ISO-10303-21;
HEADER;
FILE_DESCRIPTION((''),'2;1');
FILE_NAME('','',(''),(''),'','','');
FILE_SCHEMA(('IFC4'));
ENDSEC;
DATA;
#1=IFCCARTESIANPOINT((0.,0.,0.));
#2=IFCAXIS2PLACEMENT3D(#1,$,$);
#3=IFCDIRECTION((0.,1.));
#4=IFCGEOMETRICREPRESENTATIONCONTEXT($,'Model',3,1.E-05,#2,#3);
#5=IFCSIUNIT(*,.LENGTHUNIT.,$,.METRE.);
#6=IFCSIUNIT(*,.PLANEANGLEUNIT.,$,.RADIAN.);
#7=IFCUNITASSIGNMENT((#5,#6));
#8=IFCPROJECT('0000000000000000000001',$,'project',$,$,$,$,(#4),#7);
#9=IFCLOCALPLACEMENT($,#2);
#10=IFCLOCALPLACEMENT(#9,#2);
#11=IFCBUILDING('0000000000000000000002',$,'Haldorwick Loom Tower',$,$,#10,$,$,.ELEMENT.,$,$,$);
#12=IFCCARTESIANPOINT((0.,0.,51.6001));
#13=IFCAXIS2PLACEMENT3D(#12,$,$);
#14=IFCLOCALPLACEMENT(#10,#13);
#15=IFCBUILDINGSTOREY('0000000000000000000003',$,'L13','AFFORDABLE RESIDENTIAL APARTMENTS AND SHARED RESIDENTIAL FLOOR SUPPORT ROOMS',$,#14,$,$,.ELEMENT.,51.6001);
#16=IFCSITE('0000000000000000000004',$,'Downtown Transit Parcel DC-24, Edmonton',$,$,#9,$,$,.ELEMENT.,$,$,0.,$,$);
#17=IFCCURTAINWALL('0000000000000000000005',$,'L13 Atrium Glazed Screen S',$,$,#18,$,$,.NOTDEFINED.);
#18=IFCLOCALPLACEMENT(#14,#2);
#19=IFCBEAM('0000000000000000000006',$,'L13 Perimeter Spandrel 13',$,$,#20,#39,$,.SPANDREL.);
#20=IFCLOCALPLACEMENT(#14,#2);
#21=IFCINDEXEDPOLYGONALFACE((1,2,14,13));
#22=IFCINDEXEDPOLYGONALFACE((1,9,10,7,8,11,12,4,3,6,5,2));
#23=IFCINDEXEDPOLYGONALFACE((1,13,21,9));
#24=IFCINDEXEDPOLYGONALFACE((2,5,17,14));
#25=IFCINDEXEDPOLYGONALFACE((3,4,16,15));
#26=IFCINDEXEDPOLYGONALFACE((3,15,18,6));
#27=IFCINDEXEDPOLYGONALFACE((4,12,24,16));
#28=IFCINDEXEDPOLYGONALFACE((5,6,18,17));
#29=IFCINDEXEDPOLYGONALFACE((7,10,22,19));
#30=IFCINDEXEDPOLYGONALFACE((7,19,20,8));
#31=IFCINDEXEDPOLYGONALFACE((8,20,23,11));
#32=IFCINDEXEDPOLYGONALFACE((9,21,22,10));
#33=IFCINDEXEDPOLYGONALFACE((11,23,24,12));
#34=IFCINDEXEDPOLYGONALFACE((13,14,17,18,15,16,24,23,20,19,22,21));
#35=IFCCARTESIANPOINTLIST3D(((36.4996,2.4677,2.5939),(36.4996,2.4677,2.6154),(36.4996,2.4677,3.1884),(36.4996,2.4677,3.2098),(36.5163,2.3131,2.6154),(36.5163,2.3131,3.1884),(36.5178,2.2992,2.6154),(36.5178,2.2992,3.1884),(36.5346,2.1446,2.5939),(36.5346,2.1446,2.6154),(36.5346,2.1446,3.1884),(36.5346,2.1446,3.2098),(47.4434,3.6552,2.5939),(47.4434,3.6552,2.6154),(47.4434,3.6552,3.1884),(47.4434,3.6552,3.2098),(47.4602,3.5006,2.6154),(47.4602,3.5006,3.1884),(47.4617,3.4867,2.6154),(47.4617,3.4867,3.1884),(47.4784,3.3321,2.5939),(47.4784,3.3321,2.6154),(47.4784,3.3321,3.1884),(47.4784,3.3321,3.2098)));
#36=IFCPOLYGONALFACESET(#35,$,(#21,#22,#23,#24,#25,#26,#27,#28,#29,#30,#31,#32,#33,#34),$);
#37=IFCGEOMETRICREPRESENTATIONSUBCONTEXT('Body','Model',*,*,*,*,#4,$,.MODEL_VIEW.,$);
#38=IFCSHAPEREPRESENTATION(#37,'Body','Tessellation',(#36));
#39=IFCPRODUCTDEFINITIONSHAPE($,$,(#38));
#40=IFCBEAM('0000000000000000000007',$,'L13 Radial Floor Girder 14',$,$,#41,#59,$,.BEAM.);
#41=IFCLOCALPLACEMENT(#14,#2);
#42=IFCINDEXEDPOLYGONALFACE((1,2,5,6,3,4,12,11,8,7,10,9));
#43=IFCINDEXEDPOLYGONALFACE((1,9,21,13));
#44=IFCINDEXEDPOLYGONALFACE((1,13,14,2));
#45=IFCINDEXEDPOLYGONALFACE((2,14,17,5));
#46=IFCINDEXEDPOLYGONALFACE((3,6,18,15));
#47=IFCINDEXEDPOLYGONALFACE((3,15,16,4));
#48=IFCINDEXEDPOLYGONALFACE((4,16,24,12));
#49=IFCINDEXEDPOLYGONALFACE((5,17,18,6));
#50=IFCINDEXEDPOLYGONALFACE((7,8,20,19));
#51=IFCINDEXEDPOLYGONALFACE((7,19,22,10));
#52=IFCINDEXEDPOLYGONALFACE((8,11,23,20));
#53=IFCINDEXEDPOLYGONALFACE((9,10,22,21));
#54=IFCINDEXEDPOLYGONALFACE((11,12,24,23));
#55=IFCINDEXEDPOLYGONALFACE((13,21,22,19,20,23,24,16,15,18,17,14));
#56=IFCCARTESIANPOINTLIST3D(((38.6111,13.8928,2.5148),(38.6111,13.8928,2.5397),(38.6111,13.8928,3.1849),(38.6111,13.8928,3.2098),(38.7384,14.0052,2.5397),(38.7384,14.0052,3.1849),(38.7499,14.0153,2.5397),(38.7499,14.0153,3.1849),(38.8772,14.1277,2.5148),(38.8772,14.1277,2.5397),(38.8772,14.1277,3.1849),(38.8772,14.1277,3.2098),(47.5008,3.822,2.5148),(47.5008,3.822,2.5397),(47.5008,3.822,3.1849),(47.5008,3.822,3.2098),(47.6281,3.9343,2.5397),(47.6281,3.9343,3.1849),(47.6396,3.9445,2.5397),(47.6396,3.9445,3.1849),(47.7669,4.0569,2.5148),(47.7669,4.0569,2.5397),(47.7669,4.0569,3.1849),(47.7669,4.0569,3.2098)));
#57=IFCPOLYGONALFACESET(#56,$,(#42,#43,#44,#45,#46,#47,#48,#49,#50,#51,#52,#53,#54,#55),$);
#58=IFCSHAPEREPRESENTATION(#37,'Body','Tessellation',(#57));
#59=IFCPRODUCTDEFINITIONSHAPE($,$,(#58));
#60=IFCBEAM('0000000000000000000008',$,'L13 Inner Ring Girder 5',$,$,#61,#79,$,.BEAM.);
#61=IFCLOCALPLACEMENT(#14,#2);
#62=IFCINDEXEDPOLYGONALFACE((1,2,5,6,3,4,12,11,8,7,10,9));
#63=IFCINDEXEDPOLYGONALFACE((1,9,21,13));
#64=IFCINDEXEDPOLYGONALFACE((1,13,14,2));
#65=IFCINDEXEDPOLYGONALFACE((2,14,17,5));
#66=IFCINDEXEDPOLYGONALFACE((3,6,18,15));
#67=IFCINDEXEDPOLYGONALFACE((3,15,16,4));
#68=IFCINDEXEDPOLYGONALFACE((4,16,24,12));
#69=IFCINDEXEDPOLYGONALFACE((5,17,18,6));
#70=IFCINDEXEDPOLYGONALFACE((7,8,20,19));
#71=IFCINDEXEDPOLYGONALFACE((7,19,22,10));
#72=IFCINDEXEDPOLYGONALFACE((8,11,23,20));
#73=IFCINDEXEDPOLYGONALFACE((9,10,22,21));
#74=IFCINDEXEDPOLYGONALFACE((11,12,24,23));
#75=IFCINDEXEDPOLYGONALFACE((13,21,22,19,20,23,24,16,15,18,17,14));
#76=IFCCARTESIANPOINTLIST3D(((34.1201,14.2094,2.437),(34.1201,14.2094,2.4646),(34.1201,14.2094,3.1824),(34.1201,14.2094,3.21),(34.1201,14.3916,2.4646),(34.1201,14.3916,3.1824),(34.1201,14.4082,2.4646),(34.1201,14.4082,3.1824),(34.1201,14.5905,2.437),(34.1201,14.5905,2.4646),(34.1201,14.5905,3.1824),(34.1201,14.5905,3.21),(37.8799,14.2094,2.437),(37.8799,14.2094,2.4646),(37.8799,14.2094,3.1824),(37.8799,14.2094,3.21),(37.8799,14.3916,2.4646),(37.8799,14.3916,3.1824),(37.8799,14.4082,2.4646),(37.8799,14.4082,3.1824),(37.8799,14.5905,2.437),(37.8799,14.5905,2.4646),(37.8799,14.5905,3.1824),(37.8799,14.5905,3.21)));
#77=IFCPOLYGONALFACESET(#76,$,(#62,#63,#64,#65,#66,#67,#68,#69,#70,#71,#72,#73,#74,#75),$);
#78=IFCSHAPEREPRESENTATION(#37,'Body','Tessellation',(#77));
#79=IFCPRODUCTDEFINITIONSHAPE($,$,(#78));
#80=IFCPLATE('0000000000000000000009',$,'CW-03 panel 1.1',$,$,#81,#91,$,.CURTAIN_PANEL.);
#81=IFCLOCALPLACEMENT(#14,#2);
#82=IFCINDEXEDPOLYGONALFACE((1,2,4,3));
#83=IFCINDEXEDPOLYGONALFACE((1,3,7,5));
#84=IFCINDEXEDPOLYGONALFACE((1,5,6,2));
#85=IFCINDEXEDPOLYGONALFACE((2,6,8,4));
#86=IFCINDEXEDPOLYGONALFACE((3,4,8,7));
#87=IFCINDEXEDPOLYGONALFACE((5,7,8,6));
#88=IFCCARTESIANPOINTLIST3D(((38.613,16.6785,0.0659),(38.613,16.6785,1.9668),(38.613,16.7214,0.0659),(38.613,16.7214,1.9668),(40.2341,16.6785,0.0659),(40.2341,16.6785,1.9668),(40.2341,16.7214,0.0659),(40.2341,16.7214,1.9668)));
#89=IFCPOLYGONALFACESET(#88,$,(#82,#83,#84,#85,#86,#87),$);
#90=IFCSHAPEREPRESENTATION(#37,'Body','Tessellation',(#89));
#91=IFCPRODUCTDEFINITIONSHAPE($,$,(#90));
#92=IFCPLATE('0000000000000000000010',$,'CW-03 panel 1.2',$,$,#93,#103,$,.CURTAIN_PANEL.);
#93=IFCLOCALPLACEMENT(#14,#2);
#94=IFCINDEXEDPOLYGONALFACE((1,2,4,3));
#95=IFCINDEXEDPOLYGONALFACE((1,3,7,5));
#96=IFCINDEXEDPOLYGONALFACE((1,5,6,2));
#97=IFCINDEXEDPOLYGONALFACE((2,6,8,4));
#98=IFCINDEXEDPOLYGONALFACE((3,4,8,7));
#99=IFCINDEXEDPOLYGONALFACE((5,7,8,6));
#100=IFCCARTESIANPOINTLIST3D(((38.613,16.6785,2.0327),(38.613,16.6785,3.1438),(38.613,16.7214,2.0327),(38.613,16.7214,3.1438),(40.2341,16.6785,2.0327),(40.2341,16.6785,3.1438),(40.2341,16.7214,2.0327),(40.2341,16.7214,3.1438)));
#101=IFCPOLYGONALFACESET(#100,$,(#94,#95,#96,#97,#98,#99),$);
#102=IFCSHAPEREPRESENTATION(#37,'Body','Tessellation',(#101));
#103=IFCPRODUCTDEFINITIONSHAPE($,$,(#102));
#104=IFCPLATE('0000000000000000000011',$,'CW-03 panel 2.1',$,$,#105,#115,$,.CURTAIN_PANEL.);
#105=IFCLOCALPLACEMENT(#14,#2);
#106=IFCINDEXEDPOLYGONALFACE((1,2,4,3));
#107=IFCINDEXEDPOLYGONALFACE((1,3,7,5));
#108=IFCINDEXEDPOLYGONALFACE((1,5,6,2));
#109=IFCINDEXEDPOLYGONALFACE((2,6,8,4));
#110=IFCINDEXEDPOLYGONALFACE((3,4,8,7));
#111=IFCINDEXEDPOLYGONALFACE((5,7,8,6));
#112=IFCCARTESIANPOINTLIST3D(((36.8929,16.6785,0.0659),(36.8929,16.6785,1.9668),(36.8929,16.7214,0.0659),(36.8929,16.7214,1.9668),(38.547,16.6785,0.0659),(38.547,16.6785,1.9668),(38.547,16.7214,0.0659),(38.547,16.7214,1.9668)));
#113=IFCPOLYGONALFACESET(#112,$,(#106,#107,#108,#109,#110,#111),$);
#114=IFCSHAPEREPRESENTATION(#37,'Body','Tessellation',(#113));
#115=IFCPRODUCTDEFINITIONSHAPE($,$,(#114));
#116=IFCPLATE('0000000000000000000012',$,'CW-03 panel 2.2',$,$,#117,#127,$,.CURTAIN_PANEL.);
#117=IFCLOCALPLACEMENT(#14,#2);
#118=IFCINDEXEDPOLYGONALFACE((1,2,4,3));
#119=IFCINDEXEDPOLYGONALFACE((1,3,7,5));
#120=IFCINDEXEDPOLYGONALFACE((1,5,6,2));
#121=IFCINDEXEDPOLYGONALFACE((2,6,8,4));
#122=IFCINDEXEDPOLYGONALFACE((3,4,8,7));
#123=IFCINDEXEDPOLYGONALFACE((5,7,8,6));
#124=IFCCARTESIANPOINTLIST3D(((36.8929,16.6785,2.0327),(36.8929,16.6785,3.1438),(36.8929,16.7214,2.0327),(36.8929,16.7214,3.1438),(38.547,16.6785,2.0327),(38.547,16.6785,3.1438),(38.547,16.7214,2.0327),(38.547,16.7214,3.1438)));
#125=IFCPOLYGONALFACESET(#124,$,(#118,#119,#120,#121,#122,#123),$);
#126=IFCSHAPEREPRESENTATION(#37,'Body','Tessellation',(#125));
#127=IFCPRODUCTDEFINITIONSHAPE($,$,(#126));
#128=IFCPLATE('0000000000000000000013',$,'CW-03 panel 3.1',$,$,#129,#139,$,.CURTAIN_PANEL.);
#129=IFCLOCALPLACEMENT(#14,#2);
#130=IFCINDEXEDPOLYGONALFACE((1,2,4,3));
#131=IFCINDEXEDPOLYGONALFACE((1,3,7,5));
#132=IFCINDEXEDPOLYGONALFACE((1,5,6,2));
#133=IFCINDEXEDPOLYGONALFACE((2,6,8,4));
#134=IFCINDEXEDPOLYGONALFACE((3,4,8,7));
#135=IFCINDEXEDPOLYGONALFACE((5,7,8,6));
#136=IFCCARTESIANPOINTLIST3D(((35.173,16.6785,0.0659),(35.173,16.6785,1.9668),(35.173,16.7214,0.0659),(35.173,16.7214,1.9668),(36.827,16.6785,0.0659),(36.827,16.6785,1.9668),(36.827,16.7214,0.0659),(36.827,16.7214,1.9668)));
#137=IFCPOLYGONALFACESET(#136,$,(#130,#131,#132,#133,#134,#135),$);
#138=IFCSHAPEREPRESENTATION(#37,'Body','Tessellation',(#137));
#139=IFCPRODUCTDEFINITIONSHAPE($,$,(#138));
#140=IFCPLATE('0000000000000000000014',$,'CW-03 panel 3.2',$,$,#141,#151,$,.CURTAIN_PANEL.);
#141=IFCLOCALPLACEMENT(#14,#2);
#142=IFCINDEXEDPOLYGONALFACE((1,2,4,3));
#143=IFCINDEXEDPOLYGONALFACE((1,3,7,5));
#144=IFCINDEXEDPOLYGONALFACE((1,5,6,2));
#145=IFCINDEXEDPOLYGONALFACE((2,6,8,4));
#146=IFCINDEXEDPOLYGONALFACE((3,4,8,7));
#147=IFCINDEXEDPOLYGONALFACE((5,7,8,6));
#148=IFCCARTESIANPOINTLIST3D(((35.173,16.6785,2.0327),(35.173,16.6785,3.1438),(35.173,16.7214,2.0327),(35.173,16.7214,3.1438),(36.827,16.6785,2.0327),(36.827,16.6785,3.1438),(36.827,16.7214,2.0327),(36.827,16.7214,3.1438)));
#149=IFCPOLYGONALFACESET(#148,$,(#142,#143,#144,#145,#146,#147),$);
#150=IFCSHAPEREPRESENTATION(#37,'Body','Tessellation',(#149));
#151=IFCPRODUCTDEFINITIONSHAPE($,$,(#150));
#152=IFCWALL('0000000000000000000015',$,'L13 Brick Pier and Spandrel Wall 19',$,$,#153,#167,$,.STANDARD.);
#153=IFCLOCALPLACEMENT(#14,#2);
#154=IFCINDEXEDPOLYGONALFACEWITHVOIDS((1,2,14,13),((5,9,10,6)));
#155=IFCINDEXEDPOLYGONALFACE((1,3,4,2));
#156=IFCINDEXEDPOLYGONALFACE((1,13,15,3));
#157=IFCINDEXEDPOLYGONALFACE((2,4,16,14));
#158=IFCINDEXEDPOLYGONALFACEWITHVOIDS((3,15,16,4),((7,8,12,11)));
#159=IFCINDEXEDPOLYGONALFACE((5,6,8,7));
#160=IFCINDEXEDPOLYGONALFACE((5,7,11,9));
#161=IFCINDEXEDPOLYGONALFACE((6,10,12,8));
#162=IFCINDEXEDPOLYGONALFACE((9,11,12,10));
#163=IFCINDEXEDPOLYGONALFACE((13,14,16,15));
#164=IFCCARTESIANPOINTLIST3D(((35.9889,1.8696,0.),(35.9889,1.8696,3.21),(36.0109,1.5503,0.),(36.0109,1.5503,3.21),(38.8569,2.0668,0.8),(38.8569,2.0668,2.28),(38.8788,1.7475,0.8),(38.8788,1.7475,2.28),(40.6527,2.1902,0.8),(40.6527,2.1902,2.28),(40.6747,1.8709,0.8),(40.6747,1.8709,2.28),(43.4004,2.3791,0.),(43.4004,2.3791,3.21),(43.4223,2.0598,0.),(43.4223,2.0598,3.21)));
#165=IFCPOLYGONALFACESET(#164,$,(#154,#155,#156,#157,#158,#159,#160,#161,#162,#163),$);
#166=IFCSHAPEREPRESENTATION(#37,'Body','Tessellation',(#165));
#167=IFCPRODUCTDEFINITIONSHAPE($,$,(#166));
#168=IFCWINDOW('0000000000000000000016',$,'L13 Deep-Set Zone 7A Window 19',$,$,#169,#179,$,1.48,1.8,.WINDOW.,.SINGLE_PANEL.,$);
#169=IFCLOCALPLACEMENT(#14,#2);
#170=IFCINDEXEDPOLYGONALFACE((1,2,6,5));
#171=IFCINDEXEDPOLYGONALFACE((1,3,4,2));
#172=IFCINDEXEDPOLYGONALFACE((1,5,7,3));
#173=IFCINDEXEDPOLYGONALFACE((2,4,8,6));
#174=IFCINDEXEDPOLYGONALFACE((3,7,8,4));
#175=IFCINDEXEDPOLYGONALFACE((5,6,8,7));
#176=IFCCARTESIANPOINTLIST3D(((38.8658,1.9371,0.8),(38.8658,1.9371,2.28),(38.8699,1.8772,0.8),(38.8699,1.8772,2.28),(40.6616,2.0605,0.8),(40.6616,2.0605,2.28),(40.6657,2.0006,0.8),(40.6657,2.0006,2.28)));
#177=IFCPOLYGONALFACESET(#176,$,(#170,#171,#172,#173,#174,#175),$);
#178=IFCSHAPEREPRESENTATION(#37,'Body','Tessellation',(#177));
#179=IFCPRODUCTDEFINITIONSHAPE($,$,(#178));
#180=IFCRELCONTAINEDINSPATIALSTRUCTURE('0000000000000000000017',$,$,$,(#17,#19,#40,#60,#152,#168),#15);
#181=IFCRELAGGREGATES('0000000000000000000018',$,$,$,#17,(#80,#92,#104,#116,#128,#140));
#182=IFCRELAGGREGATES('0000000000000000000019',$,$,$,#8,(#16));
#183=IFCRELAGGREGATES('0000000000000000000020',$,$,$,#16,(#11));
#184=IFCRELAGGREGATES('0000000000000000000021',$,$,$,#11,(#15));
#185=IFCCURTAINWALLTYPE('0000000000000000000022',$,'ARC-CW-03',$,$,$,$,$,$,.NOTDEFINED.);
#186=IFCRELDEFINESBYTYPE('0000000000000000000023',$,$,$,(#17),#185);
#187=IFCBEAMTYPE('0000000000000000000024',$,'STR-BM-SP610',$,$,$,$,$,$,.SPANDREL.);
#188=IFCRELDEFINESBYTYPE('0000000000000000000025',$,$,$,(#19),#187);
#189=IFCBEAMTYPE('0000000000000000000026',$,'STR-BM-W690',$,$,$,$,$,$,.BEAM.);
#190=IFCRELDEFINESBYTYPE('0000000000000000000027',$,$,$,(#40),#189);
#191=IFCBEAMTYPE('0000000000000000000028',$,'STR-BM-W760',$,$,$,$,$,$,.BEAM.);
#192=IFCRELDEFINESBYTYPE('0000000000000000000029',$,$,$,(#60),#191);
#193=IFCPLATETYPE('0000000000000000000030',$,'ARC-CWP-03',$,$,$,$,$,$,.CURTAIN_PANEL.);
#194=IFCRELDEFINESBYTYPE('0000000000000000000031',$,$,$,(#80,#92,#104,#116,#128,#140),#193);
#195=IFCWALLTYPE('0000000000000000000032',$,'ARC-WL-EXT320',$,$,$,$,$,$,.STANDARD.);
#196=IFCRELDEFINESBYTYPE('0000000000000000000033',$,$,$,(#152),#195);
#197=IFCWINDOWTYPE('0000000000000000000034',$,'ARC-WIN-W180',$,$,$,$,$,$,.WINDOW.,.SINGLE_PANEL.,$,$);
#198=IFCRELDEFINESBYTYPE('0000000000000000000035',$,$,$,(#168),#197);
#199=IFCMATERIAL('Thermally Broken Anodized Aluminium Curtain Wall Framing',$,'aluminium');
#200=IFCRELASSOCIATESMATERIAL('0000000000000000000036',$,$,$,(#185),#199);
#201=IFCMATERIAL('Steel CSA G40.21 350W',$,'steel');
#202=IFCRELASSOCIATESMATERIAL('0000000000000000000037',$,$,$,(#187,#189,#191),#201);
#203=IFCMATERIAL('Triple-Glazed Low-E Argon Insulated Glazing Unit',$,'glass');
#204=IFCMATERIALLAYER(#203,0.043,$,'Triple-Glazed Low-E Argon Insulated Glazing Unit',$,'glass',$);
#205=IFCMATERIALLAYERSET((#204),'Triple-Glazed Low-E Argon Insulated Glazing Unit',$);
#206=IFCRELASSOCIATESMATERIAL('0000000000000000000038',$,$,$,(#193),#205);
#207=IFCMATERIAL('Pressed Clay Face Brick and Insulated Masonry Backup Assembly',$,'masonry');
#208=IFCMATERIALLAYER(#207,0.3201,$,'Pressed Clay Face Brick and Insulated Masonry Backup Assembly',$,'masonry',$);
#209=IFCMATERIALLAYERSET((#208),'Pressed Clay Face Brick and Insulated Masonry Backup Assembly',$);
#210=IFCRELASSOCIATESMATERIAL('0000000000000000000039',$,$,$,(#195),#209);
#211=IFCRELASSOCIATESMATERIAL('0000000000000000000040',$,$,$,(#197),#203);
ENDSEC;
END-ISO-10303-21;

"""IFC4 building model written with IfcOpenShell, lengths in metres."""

from ifc_helpers import new_model, si_unit, direction, frame, frame_2d, origin, origin_2d, place, context, subcontext, project, spatial, rectangle, i_section, extrude, material, layer, layer_set, material_profile, profile_set, type_object, element, fill, aggregate, save


model = new_model("IFC4")

# Units and contexts
model_context = context("Model", 3, precision=1e-05, world=origin(), true_north=direction((0.0, 1.0)))
body_context = subcontext(model_context, "Body", "Model", "MODEL_VIEW")
ifc_project = project(units=[si_unit("LENGTHUNIT", "METRE"), si_unit("PLANEANGLEUNIT", "RADIAN")], contexts=[model_context])

# Site, building, storey
site_placement = place(None, origin())
site = spatial("IfcSite", under=ifc_project, at=site_placement, Name="Downtown Transit Parcel DC-24, Edmonton", CompositionType="ELEMENT", RefElevation=0.0)
building_placement = place(site_placement, origin())
building = spatial("IfcBuilding", under=site, at=building_placement, Name="Haldorwick Loom Tower", CompositionType="ELEMENT")
storey_placement = place(building_placement, frame((0.0, 0.0, 51.6001)))
storey = spatial("IfcBuildingStorey", under=building, at=storey_placement, Name="L13", Description="AFFORDABLE RESIDENTIAL APARTMENTS AND SHARED RESIDENTIAL FLOOR SUPPORT ROOMS", CompositionType="ELEMENT", Elevation=51.6001)

# Curtain wall
ifc_material_1 = material(Name="Thermally Broken Anodized Aluminium Curtain Wall Framing", Category="aluminium")
curtain_wall_type = type_object("IfcCurtainWallType", Name="ARC-CW-03", PredefinedType="NOTDEFINED", material=ifc_material_1)
curtain_wall_placement = place(storey_placement, origin())
curtain_wall = element("IfcCurtainWall", 1, at=curtain_wall_placement, inside=storey, type_object=curtain_wall_type, Name="L13 Atrium Glazed Screen S", PredefinedType="NOTDEFINED")

# Beams
ifc_material_2 = material(Name="Steel CSA G40.21 350W", Category="steel")
ifc_material_profile_1 = material_profile(ifc_material_2, i_section(OverallWidth=0.325, OverallDepth=0.616, WebThickness=0.0139, FlangeThickness=0.0215, at=origin_2d()), Name="W610X174", Category="steel")
ifc_profile_set_1 = profile_set([ifc_material_profile_1], Name="Steel CSA G40.21 350W")
beam_type_1 = type_object("IfcBeamType", Name="STR-BM-SP610", PredefinedType="SPANDREL", material=ifc_profile_set_1)
beam_1_placement = place(storey_placement, frame((36.5171, 2.3062, 2.9019), z_axis=(0.994164, 0.107875, 0.0), x_axis=(-0.107875, 0.994164, 0.0)))
element("IfcBeam", 2, at=beam_1_placement, inside=storey, type_object=beam_type_1, Name="L13 Perimeter Spandrel 13", PredefinedType="SPANDREL", context=body_context, shape_type="SweptSolid", body=[
    extrude(i_section(OverallWidth=0.325, OverallDepth=0.616, WebThickness=0.0139, FlangeThickness=0.0215, at=origin_2d()), origin(), (0.0, 0.0, 1.0), 11.0081),
])
ifc_material_profile_2 = material_profile(ifc_material_2, i_section(OverallWidth=0.355, OverallDepth=0.6951, WebThickness=0.0154, FlangeThickness=0.0249, at=origin_2d()), Name="W690X217", Category="steel")
ifc_profile_set_2 = profile_set([ifc_material_profile_2], Name="Steel CSA G40.21 350W")
beam_type_2 = type_object("IfcBeamType", Name="STR-BM-W690", PredefinedType="BEAM", material=ifc_profile_set_2)
beam_2_placement = place(storey_placement, frame((38.7441, 14.0103, 2.8623), z_axis=(0.661774, -0.749703, 0.0), x_axis=(0.749703, 0.661774, 0.0)))
element("IfcBeam", 3, at=beam_2_placement, inside=storey, type_object=beam_type_2, Name="L13 Radial Floor Girder 14", PredefinedType="BEAM", context=body_context, shape_type="SweptSolid", body=[
    extrude(i_section(OverallWidth=0.355, OverallDepth=0.6951, WebThickness=0.0154, FlangeThickness=0.0249, at=origin_2d()), origin(), (0.0, 0.0, 1.0), 13.4331),
])
ifc_material_profile_3 = material_profile(ifc_material_2, i_section(OverallWidth=0.3811, OverallDepth=0.7729, WebThickness=0.0166, FlangeThickness=0.0276, at=origin_2d()), Name="W760X257", Category="steel")
ifc_profile_set_3 = profile_set([ifc_material_profile_3], Name="Steel CSA G40.21 350W")
beam_type_3 = type_object("IfcBeamType", Name="STR-BM-W760", PredefinedType="BEAM", material=ifc_profile_set_3)
beam_3_placement = place(storey_placement, frame((37.8799, 14.3999, 2.8235), z_axis=(-1.0, 0.0, 0.0), x_axis=(0.0, -1.0, 0.0)))
element("IfcBeam", 4, at=beam_3_placement, inside=storey, type_object=beam_type_3, Name="L13 Inner Ring Girder 5", PredefinedType="BEAM", context=body_context, shape_type="SweptSolid", body=[
    extrude(i_section(OverallWidth=0.3811, OverallDepth=0.7729, WebThickness=0.0166, FlangeThickness=0.0276, at=origin_2d()), origin(), (0.0, 0.0, 1.0), 3.7598),
])

# Plates
ifc_material_3 = material(Name="Triple-Glazed Low-E Argon Insulated Glazing Unit", Category="glass")
ifc_layer_1 = layer(ifc_material_3, 0.043, Name="Triple-Glazed Low-E Argon Insulated Glazing Unit", Category="glass")
ifc_layer_set_1 = layer_set([ifc_layer_1], Name="Triple-Glazed Low-E Argon Insulated Glazing Unit")
plate_type = type_object("IfcPlateType", Name="ARC-CWP-03", PredefinedType="CURTAIN_PANEL", material=ifc_layer_set_1)
plate_1_placement = place(storey_placement, frame((39.4236, 16.7, 0.0659), z_axis=(0.0, 0.0, 1.0), x_axis=(-1.0, 0.0, 0.0)))
plate_1 = element("IfcPlate", 5, at=plate_1_placement, type_object=plate_type, Name="CW-03 panel 1.1", PredefinedType="CURTAIN_PANEL", context=body_context, shape_type="SweptSolid", body=[
    extrude(rectangle(XDim=1.6211, YDim=0.043, at=origin_2d()), origin(), (0.0, 0.0, 1.0), 1.9009),
])
plate_2_placement = place(storey_placement, frame((39.4236, 16.7, 2.0327), z_axis=(0.0, 0.0, 1.0), x_axis=(-1.0, 0.0, 0.0)))
plate_2 = element("IfcPlate", 6, at=plate_2_placement, type_object=plate_type, Name="CW-03 panel 1.2", PredefinedType="CURTAIN_PANEL", context=body_context, shape_type="SweptSolid", body=[
    extrude(rectangle(XDim=1.6211, YDim=0.043, at=origin_2d()), origin(), (0.0, 0.0, 1.0), 1.1111),
])
plate_3_placement = place(storey_placement, frame((37.72, 16.7, 0.0659), z_axis=(0.0, 0.0, 1.0), x_axis=(-1.0, 0.0, 0.0)))
plate_3 = element("IfcPlate", 7, at=plate_3_placement, type_object=plate_type, Name="CW-03 panel 2.1", PredefinedType="CURTAIN_PANEL", context=body_context, shape_type="SweptSolid", body=[
    extrude(rectangle(XDim=1.6541, YDim=0.043, at=origin_2d()), origin(), (0.0, 0.0, 1.0), 1.9009),
])
plate_4_placement = place(storey_placement, frame((37.72, 16.7, 2.0327), z_axis=(0.0, 0.0, 1.0), x_axis=(-1.0, 0.0, 0.0)))
plate_4 = element("IfcPlate", 8, at=plate_4_placement, type_object=plate_type, Name="CW-03 panel 2.2", PredefinedType="CURTAIN_PANEL", context=body_context, shape_type="SweptSolid", body=[
    extrude(rectangle(XDim=1.6541, YDim=0.043, at=origin_2d()), origin(), (0.0, 0.0, 1.0), 1.1111),
])
plate_5_placement = place(storey_placement, frame((36.0, 16.7, 0.0659), z_axis=(0.0, 0.0, 1.0), x_axis=(-1.0, 0.0, 0.0)))
plate_5 = element("IfcPlate", 9, at=plate_5_placement, type_object=plate_type, Name="CW-03 panel 3.1", PredefinedType="CURTAIN_PANEL", context=body_context, shape_type="SweptSolid", body=[
    extrude(rectangle(XDim=1.6541, YDim=0.043, at=origin_2d()), origin(), (0.0, 0.0, 1.0), 1.9009),
])
plate_6_placement = place(storey_placement, frame((36.0, 16.7, 2.0327), z_axis=(0.0, 0.0, 1.0), x_axis=(-1.0, 0.0, 0.0)))
plate_6 = element("IfcPlate", 10, at=plate_6_placement, type_object=plate_type, Name="CW-03 panel 3.2", PredefinedType="CURTAIN_PANEL", context=body_context, shape_type="SweptSolid", body=[
    extrude(rectangle(XDim=1.6541, YDim=0.043, at=origin_2d()), origin(), (0.0, 0.0, 1.0), 1.1111),
])
aggregate(curtain_wall, [plate_1, plate_2, plate_3, plate_4, plate_5, plate_6])

# Wall, opening, window
ifc_material_4 = material(Name="Pressed Clay Face Brick and Insulated Masonry Backup Assembly", Category="masonry")
ifc_layer_2 = layer(ifc_material_4, 0.3201, Name="Pressed Clay Face Brick and Insulated Masonry Backup Assembly", Category="masonry")
ifc_layer_set_2 = layer_set([ifc_layer_2], Name="Pressed Clay Face Brick and Insulated Masonry Backup Assembly")
wall_type_1 = type_object("IfcWallType", Name="ARC-WL-EXT320", PredefinedType="STANDARD", material=ifc_layer_set_2)
wall_1_placement = place(storey_placement, frame((36.0, 1.71, 0.0), z_axis=(0.0, 0.0, 1.0), x_axis=(0.997645, 0.068587, 0.0)))
wall_1 = element("IfcWall", 11, at=wall_1_placement, inside=storey, type_object=wall_type_1, Name="L13 Brick Pier and Spandrel Wall 19", PredefinedType="STANDARD", context=body_context, shape_type="SweptSolid", body=[
    extrude(rectangle(XDim=7.429, YDim=0.3201, at=frame_2d((3.7144, 0.0))), origin(), (0.0, 0.0, 1.0), 3.21),
])
opening_placement = place(wall_1_placement, frame((2.8748, 0.0, 0.8)))
opening = element("IfcOpeningElement", 12, at=opening_placement, cuts=wall_1, PredefinedType="OPENING", context=body_context, shape_type="SweptSolid", body=[
    extrude(rectangle(XDim=1.8, YDim=1.48, at=frame_2d((0.8999, 0.74))), frame((0.0, 0.1699, 0.0), z_axis=(0.0, -1.0, 0.0), x_axis=(1.0, 0.0, 0.0)), (0.0, 0.0, 1.0), 0.3401),
])
window_type = type_object("IfcWindowType", Name="ARC-WIN-W180", PartitioningType="SINGLE_PANEL", PredefinedType="WINDOW", material=ifc_material_3)
window_placement = place(opening_placement, origin())
window = element("IfcWindow", 13, at=window_placement, inside=storey, type_object=window_type, Name="L13 Deep-Set Zone 7A Window 19", OverallHeight=1.48, OverallWidth=1.8, PartitioningType="SINGLE_PANEL", PredefinedType="WINDOW", context=body_context, shape_type="SweptSolid", body=[
    extrude(rectangle(XDim=1.8, YDim=1.48, at=frame_2d((0.8999, 0.74))), frame((0.0, 0.03, 0.0), z_axis=(0.0, -1.0, 0.0), x_axis=(1.0, 0.0, 0.0)), (0.0, 0.0, 1.0), 0.0601),
])
fill(opening, window)

save(model, "model.ifc")
